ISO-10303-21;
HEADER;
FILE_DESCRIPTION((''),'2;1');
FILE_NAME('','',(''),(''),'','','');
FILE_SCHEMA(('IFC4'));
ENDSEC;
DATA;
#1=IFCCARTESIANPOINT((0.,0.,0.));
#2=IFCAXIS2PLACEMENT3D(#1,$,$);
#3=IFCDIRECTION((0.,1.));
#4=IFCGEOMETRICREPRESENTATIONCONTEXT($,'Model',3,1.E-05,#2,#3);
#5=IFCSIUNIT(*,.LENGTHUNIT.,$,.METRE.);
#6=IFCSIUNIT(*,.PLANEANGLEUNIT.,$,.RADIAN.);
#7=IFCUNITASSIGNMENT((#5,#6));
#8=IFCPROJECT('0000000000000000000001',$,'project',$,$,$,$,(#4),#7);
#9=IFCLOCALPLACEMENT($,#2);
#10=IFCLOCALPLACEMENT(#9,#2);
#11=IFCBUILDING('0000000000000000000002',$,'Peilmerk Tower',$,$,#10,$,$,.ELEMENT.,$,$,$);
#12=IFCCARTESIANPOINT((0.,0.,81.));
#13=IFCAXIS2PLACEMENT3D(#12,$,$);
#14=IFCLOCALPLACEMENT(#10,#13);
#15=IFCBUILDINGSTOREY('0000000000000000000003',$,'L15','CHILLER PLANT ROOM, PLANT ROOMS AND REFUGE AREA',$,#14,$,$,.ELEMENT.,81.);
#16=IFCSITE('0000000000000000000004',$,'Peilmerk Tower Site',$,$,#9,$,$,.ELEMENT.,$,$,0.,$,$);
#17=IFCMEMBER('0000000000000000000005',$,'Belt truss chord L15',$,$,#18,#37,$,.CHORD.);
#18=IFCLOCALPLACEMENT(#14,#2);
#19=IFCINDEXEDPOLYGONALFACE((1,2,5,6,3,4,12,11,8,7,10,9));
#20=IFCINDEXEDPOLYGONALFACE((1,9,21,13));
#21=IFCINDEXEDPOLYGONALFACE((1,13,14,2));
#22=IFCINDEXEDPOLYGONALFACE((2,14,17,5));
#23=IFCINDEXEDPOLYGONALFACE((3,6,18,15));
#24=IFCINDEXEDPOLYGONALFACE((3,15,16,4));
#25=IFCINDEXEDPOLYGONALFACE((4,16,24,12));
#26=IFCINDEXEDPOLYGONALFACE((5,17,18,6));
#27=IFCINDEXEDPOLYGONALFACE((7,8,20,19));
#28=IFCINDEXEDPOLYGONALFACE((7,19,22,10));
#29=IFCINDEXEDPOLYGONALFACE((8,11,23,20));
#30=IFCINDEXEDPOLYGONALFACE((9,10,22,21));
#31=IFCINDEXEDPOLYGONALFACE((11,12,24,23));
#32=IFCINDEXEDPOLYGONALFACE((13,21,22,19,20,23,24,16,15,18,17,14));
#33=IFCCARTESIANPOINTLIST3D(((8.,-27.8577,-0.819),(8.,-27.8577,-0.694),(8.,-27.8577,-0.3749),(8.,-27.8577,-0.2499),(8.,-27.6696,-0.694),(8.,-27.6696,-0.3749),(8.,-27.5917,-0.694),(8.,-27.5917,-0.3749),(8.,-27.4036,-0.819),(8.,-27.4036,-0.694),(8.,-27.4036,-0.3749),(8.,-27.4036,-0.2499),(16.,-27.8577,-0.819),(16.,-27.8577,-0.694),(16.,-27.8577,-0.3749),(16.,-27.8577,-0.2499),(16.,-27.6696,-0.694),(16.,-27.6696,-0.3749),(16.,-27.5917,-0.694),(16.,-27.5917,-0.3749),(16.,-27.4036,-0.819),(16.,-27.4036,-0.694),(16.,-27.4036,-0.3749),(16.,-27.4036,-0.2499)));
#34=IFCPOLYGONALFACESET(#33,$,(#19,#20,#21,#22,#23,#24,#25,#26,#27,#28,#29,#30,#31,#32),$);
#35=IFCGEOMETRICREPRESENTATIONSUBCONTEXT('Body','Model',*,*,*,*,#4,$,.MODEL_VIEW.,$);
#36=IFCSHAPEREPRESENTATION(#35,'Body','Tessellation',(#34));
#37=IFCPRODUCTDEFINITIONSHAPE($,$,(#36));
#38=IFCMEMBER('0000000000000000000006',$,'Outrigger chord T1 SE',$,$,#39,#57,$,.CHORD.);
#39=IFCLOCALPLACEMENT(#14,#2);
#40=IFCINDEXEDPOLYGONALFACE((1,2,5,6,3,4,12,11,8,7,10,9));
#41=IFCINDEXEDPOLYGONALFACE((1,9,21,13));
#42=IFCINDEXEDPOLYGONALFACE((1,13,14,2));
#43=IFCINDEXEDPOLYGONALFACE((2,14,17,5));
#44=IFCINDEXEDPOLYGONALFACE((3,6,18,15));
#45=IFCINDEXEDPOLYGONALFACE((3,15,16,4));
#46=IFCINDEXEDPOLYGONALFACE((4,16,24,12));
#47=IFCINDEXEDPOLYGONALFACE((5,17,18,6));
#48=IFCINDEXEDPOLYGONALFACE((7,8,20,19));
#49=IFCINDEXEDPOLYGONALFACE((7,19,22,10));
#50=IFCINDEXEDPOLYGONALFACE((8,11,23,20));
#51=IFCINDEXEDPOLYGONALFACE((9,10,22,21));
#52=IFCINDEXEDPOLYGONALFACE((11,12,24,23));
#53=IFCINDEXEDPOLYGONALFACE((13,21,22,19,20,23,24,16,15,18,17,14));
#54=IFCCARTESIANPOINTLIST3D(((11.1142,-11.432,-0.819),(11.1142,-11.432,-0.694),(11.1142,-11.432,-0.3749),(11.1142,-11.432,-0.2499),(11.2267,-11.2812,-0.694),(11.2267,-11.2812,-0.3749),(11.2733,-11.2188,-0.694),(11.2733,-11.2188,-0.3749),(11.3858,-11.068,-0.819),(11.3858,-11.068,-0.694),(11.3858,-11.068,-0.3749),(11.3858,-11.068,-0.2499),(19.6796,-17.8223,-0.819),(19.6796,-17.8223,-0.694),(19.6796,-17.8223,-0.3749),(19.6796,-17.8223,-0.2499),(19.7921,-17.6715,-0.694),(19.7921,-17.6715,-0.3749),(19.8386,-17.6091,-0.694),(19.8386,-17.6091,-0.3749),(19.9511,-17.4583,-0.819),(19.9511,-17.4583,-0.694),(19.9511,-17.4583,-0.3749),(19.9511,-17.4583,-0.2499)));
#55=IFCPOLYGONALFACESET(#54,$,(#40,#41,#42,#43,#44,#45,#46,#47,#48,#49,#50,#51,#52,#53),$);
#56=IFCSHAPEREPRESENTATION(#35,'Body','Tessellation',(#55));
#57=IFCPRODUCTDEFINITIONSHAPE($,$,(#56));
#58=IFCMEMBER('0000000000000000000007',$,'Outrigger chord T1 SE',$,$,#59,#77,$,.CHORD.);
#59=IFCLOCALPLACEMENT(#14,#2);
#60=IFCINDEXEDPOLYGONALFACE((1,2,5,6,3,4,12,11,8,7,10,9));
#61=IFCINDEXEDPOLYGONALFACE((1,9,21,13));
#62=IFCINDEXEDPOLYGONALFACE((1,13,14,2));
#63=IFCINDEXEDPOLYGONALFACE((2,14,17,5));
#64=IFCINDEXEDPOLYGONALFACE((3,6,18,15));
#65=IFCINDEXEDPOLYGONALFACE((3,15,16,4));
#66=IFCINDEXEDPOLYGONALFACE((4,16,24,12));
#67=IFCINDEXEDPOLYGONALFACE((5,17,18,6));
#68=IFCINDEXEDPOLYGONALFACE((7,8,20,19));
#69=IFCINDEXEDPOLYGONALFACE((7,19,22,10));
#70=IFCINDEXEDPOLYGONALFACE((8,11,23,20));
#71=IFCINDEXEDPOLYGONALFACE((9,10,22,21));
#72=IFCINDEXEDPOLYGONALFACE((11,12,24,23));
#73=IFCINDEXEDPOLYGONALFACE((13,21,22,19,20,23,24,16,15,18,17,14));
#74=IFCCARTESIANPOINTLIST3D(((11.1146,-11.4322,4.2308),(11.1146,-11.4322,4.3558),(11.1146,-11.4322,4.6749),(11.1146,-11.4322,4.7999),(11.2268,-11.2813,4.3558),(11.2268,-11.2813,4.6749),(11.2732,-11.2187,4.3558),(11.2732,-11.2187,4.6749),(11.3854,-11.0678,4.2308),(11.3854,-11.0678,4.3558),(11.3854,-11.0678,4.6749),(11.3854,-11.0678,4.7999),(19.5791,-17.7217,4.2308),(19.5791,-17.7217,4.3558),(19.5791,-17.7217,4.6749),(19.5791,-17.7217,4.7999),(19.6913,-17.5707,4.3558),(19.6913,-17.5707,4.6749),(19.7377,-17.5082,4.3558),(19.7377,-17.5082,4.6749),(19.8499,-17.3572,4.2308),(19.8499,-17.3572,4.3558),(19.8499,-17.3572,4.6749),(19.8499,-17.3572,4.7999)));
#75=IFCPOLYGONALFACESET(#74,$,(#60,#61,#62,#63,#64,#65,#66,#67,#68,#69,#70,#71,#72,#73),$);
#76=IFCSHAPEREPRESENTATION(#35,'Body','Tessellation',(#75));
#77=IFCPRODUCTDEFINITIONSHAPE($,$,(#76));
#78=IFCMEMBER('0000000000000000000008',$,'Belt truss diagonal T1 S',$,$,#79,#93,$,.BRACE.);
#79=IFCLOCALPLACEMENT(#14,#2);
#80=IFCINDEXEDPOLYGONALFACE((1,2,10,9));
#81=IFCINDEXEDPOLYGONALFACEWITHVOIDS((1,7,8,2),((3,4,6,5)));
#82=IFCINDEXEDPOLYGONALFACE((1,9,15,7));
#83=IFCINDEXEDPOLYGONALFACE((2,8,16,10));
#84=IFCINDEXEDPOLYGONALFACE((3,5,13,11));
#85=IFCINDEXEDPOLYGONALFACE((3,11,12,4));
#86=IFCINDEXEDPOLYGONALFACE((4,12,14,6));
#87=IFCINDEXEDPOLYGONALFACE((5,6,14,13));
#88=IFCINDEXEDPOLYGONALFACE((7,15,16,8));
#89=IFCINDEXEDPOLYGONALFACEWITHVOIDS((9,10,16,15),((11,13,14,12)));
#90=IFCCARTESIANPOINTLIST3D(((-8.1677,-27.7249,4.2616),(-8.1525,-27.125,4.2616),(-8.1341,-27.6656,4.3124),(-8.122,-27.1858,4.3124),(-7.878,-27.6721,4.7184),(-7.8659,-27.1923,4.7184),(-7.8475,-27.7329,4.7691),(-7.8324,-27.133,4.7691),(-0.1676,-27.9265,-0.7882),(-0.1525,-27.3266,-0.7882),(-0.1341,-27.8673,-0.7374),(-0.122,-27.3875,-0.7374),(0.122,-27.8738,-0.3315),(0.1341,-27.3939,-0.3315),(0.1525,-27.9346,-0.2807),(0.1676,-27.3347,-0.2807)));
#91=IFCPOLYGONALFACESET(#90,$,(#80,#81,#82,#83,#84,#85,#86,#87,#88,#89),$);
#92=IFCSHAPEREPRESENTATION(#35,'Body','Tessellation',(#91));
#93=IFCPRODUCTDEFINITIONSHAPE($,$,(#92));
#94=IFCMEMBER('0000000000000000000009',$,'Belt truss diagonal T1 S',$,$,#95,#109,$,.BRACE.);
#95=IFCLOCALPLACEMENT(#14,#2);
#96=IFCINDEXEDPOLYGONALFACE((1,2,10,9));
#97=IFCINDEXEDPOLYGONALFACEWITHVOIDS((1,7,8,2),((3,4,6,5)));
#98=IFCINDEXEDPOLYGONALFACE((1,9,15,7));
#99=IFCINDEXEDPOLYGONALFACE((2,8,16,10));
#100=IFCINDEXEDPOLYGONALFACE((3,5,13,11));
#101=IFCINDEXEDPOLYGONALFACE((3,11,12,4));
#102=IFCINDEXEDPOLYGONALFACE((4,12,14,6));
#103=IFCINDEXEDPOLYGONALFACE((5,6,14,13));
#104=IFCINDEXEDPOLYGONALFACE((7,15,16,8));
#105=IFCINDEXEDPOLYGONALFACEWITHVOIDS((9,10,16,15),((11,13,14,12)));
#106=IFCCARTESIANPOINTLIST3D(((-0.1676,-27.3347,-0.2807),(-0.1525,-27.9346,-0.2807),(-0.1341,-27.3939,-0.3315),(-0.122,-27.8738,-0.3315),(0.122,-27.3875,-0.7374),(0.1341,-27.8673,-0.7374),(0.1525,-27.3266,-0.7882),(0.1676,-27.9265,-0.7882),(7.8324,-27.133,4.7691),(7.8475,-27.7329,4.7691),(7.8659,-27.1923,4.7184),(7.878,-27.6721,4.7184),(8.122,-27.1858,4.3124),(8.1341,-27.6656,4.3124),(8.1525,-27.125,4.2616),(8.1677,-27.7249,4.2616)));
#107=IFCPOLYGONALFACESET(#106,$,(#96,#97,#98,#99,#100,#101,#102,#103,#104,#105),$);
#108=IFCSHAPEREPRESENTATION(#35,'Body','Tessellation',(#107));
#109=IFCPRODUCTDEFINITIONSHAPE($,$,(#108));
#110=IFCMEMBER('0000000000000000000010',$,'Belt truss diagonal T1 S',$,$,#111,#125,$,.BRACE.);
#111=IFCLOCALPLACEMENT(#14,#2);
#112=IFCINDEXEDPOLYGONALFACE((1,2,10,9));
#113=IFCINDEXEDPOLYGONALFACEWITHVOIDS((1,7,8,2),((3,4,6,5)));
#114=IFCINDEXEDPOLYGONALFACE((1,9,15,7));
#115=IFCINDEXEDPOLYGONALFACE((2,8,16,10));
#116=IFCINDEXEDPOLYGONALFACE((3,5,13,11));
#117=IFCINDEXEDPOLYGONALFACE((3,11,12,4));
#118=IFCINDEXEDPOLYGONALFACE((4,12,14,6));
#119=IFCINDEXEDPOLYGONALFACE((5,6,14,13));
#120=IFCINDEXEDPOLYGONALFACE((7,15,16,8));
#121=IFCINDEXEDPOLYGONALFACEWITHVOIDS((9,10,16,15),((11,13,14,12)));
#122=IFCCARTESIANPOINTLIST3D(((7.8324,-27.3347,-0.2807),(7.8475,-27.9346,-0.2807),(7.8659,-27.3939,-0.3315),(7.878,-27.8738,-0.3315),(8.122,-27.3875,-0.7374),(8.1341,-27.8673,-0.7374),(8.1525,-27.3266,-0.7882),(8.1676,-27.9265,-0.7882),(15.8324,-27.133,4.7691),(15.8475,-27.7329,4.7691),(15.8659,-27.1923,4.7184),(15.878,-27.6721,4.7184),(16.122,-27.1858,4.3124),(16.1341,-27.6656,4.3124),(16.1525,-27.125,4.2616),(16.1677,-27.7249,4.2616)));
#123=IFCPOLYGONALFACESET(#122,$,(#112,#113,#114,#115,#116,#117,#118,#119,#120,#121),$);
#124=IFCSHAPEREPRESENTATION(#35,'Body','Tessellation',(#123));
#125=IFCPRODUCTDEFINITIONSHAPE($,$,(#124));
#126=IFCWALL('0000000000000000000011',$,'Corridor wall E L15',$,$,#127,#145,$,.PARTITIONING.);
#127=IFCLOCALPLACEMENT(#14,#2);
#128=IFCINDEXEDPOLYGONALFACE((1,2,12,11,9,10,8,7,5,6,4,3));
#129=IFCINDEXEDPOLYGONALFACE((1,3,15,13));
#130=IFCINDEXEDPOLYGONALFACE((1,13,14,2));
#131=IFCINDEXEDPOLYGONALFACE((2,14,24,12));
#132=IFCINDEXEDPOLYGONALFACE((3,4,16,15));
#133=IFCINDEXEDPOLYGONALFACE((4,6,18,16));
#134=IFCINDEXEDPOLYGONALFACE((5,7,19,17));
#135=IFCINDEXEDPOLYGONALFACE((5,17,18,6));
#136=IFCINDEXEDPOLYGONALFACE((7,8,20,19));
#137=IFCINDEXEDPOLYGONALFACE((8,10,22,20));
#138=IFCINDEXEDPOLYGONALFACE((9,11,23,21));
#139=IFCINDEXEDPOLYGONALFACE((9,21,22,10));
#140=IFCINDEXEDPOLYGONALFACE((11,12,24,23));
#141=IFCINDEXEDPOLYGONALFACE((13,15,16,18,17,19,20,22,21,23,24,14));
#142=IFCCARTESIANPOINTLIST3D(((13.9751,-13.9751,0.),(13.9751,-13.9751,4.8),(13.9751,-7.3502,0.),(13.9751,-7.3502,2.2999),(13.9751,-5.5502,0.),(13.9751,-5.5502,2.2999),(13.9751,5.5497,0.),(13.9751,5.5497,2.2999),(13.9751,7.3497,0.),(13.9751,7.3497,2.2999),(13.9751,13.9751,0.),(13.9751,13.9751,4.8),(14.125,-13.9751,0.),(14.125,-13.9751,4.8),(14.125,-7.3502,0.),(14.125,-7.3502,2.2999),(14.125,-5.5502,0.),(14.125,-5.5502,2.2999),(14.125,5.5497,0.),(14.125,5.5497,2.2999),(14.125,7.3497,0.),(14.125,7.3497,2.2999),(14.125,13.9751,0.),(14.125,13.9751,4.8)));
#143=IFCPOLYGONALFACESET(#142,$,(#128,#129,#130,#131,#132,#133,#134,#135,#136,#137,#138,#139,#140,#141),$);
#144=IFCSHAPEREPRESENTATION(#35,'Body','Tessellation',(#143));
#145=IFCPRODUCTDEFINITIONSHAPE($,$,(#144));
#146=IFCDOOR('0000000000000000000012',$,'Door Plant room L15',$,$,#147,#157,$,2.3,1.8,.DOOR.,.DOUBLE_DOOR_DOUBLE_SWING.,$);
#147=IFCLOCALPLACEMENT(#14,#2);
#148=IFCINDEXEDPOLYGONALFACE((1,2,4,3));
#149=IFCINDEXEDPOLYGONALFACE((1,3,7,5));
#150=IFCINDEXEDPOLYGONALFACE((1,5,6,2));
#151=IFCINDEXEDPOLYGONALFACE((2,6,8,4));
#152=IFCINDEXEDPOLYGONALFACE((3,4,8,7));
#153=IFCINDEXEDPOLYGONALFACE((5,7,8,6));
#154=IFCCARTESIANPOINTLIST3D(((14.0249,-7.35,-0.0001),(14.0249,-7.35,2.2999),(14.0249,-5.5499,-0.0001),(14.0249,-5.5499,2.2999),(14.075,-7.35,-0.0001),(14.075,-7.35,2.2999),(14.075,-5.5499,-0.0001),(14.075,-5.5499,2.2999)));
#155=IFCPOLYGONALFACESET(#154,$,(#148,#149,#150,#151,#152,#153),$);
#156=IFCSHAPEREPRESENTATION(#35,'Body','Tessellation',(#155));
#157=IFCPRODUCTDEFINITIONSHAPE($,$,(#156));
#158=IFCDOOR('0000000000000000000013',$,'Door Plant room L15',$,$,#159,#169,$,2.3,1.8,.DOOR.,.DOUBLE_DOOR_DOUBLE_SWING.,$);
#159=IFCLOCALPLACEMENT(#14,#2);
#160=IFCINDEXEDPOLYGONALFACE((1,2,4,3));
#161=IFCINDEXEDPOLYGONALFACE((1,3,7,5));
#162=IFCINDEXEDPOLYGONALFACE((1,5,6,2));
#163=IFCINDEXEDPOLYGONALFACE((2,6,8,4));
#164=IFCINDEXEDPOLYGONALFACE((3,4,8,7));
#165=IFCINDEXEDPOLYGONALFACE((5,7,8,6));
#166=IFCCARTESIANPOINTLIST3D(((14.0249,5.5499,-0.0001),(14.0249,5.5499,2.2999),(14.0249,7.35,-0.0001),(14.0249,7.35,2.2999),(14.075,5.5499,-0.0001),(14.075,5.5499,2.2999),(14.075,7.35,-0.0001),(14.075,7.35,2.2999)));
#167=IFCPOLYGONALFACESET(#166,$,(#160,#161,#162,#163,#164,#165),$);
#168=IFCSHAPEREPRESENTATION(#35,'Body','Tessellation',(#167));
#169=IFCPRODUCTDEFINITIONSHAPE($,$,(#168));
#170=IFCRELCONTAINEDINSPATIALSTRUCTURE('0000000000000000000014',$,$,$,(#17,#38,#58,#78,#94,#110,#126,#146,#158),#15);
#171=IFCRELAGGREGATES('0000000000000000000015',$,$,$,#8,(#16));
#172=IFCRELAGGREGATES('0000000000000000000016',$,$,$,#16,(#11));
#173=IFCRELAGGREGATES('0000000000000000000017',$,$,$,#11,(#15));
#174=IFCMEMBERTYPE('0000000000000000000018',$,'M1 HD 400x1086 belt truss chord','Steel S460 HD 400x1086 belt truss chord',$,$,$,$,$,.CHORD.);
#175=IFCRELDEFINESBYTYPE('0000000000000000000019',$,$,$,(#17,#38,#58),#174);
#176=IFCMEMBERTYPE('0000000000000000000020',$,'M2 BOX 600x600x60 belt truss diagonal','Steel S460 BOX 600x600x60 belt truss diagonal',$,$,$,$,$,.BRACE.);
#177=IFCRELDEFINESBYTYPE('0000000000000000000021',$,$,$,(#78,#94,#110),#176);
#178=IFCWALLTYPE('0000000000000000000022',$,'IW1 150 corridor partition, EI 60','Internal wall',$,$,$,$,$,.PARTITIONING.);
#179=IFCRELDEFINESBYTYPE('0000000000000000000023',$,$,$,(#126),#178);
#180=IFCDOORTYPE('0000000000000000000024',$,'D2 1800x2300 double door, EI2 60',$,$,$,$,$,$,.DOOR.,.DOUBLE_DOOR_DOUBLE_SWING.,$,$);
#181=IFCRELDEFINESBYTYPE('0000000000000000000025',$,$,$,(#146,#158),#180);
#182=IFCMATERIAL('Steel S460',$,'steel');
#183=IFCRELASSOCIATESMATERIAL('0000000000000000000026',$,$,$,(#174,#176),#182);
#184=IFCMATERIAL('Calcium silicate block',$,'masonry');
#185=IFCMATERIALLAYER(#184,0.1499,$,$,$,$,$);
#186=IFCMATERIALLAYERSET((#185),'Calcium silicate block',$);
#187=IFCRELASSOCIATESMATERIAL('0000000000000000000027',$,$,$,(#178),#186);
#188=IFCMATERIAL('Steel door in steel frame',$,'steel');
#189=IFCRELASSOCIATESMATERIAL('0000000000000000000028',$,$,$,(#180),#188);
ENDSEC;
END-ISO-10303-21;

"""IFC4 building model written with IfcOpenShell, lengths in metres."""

from ifc_helpers import new_model, si_unit, direction, frame, frame_2d, origin, origin_2d, place, context, subcontext, project, spatial, rectangle, hollow_rectangle, i_section, extrude, material, layer, layer_set, material_profile, profile_set, type_object, element, fill, save


model = new_model("IFC4")

# Units and contexts
model_context = context("Model", 3, precision=1e-05, world=origin(), true_north=direction((0.0, 1.0)))
body_context = subcontext(model_context, "Body", "Model", "MODEL_VIEW")
ifc_project = project(units=[si_unit("LENGTHUNIT", "METRE"), si_unit("PLANEANGLEUNIT", "RADIAN")], contexts=[model_context])

# Site, building, storey
site_placement = place(None, origin())
site = spatial("IfcSite", under=ifc_project, at=site_placement, Name="Peilmerk Tower Site", CompositionType="ELEMENT", RefElevation=0.0)
building_placement = place(site_placement, origin())
building = spatial("IfcBuilding", under=site, at=building_placement, Name="Peilmerk Tower", CompositionType="ELEMENT")
storey_placement = place(building_placement, frame((0.0, 0.0, 81.0)))
storey = spatial("IfcBuildingStorey", under=building, at=storey_placement, Name="L15", Description="CHILLER PLANT ROOM, PLANT ROOMS AND REFUGE AREA", CompositionType="ELEMENT", Elevation=81.0)

# Shared definitions
ifc_material_1 = material(Name="Steel S460", Category="steel")

# Members
ifc_material_profile_1 = material_profile(ifc_material_1, i_section(OverallWidth=0.4541, OverallDepth=0.5691, WebThickness=0.0779, FlangeThickness=0.125, at=origin_2d()), Name="HD 400x1086")
ifc_profile_set_1 = profile_set([ifc_material_profile_1], Name="Steel S460")
member_type_1 = type_object("IfcMemberType", Name="M1 HD 400x1086 belt truss chord", Description="Steel S460 HD 400x1086 belt truss chord", PredefinedType="CHORD", material=ifc_profile_set_1)
for number, where, z_axis, x_axis, name in (
    (1, (8.0, -27.6306, -0.5344), (1.0, 0.0, 0.0), (0.0, 1.0, 0.0), "Belt truss chord L15"),
):
    element("IfcMember", number, at=place(storey_placement, frame(where, z_axis=z_axis, x_axis=x_axis)), inside=storey, type_object=member_type_1, Name=name, PredefinedType="CHORD", context=body_context, shape_type="SweptSolid", body=[
        extrude(i_section(OverallWidth=0.4541, OverallDepth=0.5691, WebThickness=0.0779, FlangeThickness=0.125, at=origin_2d()), origin(), (0.0, 0.0, 1.0), 8.0),
    ])
member_1_placement = place(storey_placement, frame((11.25, -11.25, -0.5344), z_axis=(0.801511, -0.59798, 0.0), x_axis=(0.59798, 0.801511, 0.0)))
element("IfcMember", 2, at=member_1_placement, inside=storey, type_object=member_type_1, Name="Outrigger chord T1 SE", PredefinedType="CHORD", context=body_context, shape_type="SweptSolid", body=[
    extrude(i_section(OverallWidth=0.4541, OverallDepth=0.5691, WebThickness=0.0779, FlangeThickness=0.125, at=origin_2d()), origin(), (0.0, 0.0, 1.0), 10.6865),
])
member_2_placement = place(storey_placement, frame((11.25, -11.25, 4.5154), z_axis=(0.802673, -0.596419, 0.0), x_axis=(0.596419, 0.802673, 0.0)))
element("IfcMember", 3, at=member_2_placement, inside=storey, type_object=member_type_1, Name="Outrigger chord T1 SE", PredefinedType="CHORD", context=body_context, shape_type="SweptSolid", body=[
    extrude(i_section(OverallWidth=0.4541, OverallDepth=0.5691, WebThickness=0.0779, FlangeThickness=0.125, at=origin_2d()), origin(), (0.0, 0.0, 1.0), 10.5454),
])
ifc_material_profile_2 = material_profile(ifc_material_1, hollow_rectangle(XDim=0.6001, YDim=0.6001, WallThickness=0.0601, at=origin_2d()), Name="BOX 600x600x60")
ifc_profile_set_2 = profile_set([ifc_material_profile_2], Name="Steel S460")
member_type_2 = type_object("IfcMemberType", Name="M2 BOX 600x600x60 belt truss diagonal", Description="Steel S460 BOX 600x600x60 belt truss diagonal", PredefinedType="BRACE", material=ifc_profile_set_2)
for number, where, z_axis, x_axis, name in (
    (4, (0.0, -27.6306, -0.5344), (-0.845432, 0.021311, 0.533658), (-0.0252, -0.999682, 0.0), "Belt truss diagonal T1 S"),
    (5, (0.0, -27.6306, -0.5344), (0.845432, 0.021311, 0.533658), (-0.0252, 0.999682, 0.0), "Belt truss diagonal T1 S"),
    (6, (8.0, -27.6306, -0.5344), (0.845432, 0.021311, 0.533658), (-0.0252, 0.999682, 0.0), "Belt truss diagonal T1 S"),
):
    element("IfcMember", number, at=place(storey_placement, frame(where, z_axis=z_axis, x_axis=x_axis)), inside=storey, type_object=member_type_2, Name=name, PredefinedType="BRACE", context=body_context, shape_type="SweptSolid", body=[
        extrude(hollow_rectangle(XDim=0.6001, YDim=0.6001, WallThickness=0.0601, at=origin_2d()), origin(), (0.0, 0.0, 1.0), 9.4626),
    ])

# Wall, openings, doors
ifc_material_2 = material(Name="Calcium silicate block", Category="masonry")
ifc_layer = layer(ifc_material_2, 0.1499)
ifc_layer_set = layer_set([ifc_layer], Name="Calcium silicate block")
wall_type = type_object("IfcWallType", Name="IW1 150 corridor partition, EI 60", Description="Internal wall", PredefinedType="PARTITIONING", material=ifc_layer_set)
wall_placement = place(storey_placement, frame((14.05, -13.9751, 0.0), z_axis=(0.0, 0.0, 1.0), x_axis=(0.0, 1.0, 0.0)))
wall = element("IfcWall", 7, at=wall_placement, inside=storey, type_object=wall_type, Name="Corridor wall E L15", PredefinedType="PARTITIONING", context=body_context, shape_type="SweptSolid", body=[
    extrude(rectangle(XDim=27.9502, YDim=0.1499, at=frame_2d((13.9751, 0.0))), origin(), (0.0, 0.0, 1.0), 4.8),
])
opening_1_placement = place(wall_placement, frame((6.625, 0.0, 0.0)))
opening_1 = element("IfcOpeningElement", 8, at=opening_1_placement, cuts=wall, PredefinedType="OPENING", context=body_context, shape_type="SweptSolid", body=[
    extrude(rectangle(XDim=1.8, YDim=2.3, at=frame_2d((0.8999, 1.1499))), frame((0.0, 0.085, 0.0), z_axis=(0.0, -1.0, 0.0), x_axis=(1.0, 0.0, 0.0)), (0.0, 0.0, 1.0), 0.1699),
])
opening_2_placement = place(wall_placement, frame((19.5249, 0.0, 0.0)))
opening_2 = element("IfcOpeningElement", 9, at=opening_2_placement, cuts=wall, PredefinedType="OPENING", context=body_context, shape_type="SweptSolid", body=[
    extrude(rectangle(XDim=1.8, YDim=2.3, at=frame_2d((0.8999, 1.1499))), frame((0.0, 0.085, 0.0), z_axis=(0.0, -1.0, 0.0), x_axis=(1.0, 0.0, 0.0)), (0.0, 0.0, 1.0), 0.1699),
])
ifc_material_3 = material(Name="Steel door in steel frame", Category="steel")
door_type = type_object("IfcDoorType", Name="D2 1800x2300 double door, EI2 60", OperationType="DOUBLE_DOOR_DOUBLE_SWING", PredefinedType="DOOR", material=ifc_material_3)
door_1_placement = place(opening_1_placement, frame((1.8, 0.0, 0.0), z_axis=(0.0, 0.0, 1.0), x_axis=(-1.0, 0.0, 0.0)))
door_1 = element("IfcDoor", 10, at=door_1_placement, inside=storey, type_object=door_type, Name="Door Plant room L15", OperationType="DOUBLE_DOOR_DOUBLE_SWING", OverallHeight=2.3, OverallWidth=1.8, PredefinedType="DOOR", context=body_context, shape_type="SweptSolid", body=[
    extrude(rectangle(XDim=1.8, YDim=2.3, at=frame_2d((0.8999, 1.1499))), frame((0.0, 0.0249, 0.0), z_axis=(0.0, -1.0, 0.0), x_axis=(1.0, 0.0, 0.0)), (0.0, 0.0, 1.0), 0.05),
])
fill(opening_1, door_1)
door_2_placement = place(opening_2_placement, frame((1.8, 0.0, 0.0), z_axis=(0.0, 0.0, 1.0), x_axis=(-1.0, 0.0, 0.0)))
door_2 = element("IfcDoor", 11, at=door_2_placement, inside=storey, type_object=door_type, Name="Door Plant room L15", OperationType="DOUBLE_DOOR_DOUBLE_SWING", OverallHeight=2.3, OverallWidth=1.8, PredefinedType="DOOR", context=body_context, shape_type="SweptSolid", body=[
    extrude(rectangle(XDim=1.8, YDim=2.3, at=frame_2d((0.8999, 1.1499))), frame((0.0, 0.0249, 0.0), z_axis=(0.0, -1.0, 0.0), x_axis=(1.0, 0.0, 0.0)), (0.0, 0.0, 1.0), 0.05),
])
fill(opening_2, door_2)

save(model, "model.ifc")
